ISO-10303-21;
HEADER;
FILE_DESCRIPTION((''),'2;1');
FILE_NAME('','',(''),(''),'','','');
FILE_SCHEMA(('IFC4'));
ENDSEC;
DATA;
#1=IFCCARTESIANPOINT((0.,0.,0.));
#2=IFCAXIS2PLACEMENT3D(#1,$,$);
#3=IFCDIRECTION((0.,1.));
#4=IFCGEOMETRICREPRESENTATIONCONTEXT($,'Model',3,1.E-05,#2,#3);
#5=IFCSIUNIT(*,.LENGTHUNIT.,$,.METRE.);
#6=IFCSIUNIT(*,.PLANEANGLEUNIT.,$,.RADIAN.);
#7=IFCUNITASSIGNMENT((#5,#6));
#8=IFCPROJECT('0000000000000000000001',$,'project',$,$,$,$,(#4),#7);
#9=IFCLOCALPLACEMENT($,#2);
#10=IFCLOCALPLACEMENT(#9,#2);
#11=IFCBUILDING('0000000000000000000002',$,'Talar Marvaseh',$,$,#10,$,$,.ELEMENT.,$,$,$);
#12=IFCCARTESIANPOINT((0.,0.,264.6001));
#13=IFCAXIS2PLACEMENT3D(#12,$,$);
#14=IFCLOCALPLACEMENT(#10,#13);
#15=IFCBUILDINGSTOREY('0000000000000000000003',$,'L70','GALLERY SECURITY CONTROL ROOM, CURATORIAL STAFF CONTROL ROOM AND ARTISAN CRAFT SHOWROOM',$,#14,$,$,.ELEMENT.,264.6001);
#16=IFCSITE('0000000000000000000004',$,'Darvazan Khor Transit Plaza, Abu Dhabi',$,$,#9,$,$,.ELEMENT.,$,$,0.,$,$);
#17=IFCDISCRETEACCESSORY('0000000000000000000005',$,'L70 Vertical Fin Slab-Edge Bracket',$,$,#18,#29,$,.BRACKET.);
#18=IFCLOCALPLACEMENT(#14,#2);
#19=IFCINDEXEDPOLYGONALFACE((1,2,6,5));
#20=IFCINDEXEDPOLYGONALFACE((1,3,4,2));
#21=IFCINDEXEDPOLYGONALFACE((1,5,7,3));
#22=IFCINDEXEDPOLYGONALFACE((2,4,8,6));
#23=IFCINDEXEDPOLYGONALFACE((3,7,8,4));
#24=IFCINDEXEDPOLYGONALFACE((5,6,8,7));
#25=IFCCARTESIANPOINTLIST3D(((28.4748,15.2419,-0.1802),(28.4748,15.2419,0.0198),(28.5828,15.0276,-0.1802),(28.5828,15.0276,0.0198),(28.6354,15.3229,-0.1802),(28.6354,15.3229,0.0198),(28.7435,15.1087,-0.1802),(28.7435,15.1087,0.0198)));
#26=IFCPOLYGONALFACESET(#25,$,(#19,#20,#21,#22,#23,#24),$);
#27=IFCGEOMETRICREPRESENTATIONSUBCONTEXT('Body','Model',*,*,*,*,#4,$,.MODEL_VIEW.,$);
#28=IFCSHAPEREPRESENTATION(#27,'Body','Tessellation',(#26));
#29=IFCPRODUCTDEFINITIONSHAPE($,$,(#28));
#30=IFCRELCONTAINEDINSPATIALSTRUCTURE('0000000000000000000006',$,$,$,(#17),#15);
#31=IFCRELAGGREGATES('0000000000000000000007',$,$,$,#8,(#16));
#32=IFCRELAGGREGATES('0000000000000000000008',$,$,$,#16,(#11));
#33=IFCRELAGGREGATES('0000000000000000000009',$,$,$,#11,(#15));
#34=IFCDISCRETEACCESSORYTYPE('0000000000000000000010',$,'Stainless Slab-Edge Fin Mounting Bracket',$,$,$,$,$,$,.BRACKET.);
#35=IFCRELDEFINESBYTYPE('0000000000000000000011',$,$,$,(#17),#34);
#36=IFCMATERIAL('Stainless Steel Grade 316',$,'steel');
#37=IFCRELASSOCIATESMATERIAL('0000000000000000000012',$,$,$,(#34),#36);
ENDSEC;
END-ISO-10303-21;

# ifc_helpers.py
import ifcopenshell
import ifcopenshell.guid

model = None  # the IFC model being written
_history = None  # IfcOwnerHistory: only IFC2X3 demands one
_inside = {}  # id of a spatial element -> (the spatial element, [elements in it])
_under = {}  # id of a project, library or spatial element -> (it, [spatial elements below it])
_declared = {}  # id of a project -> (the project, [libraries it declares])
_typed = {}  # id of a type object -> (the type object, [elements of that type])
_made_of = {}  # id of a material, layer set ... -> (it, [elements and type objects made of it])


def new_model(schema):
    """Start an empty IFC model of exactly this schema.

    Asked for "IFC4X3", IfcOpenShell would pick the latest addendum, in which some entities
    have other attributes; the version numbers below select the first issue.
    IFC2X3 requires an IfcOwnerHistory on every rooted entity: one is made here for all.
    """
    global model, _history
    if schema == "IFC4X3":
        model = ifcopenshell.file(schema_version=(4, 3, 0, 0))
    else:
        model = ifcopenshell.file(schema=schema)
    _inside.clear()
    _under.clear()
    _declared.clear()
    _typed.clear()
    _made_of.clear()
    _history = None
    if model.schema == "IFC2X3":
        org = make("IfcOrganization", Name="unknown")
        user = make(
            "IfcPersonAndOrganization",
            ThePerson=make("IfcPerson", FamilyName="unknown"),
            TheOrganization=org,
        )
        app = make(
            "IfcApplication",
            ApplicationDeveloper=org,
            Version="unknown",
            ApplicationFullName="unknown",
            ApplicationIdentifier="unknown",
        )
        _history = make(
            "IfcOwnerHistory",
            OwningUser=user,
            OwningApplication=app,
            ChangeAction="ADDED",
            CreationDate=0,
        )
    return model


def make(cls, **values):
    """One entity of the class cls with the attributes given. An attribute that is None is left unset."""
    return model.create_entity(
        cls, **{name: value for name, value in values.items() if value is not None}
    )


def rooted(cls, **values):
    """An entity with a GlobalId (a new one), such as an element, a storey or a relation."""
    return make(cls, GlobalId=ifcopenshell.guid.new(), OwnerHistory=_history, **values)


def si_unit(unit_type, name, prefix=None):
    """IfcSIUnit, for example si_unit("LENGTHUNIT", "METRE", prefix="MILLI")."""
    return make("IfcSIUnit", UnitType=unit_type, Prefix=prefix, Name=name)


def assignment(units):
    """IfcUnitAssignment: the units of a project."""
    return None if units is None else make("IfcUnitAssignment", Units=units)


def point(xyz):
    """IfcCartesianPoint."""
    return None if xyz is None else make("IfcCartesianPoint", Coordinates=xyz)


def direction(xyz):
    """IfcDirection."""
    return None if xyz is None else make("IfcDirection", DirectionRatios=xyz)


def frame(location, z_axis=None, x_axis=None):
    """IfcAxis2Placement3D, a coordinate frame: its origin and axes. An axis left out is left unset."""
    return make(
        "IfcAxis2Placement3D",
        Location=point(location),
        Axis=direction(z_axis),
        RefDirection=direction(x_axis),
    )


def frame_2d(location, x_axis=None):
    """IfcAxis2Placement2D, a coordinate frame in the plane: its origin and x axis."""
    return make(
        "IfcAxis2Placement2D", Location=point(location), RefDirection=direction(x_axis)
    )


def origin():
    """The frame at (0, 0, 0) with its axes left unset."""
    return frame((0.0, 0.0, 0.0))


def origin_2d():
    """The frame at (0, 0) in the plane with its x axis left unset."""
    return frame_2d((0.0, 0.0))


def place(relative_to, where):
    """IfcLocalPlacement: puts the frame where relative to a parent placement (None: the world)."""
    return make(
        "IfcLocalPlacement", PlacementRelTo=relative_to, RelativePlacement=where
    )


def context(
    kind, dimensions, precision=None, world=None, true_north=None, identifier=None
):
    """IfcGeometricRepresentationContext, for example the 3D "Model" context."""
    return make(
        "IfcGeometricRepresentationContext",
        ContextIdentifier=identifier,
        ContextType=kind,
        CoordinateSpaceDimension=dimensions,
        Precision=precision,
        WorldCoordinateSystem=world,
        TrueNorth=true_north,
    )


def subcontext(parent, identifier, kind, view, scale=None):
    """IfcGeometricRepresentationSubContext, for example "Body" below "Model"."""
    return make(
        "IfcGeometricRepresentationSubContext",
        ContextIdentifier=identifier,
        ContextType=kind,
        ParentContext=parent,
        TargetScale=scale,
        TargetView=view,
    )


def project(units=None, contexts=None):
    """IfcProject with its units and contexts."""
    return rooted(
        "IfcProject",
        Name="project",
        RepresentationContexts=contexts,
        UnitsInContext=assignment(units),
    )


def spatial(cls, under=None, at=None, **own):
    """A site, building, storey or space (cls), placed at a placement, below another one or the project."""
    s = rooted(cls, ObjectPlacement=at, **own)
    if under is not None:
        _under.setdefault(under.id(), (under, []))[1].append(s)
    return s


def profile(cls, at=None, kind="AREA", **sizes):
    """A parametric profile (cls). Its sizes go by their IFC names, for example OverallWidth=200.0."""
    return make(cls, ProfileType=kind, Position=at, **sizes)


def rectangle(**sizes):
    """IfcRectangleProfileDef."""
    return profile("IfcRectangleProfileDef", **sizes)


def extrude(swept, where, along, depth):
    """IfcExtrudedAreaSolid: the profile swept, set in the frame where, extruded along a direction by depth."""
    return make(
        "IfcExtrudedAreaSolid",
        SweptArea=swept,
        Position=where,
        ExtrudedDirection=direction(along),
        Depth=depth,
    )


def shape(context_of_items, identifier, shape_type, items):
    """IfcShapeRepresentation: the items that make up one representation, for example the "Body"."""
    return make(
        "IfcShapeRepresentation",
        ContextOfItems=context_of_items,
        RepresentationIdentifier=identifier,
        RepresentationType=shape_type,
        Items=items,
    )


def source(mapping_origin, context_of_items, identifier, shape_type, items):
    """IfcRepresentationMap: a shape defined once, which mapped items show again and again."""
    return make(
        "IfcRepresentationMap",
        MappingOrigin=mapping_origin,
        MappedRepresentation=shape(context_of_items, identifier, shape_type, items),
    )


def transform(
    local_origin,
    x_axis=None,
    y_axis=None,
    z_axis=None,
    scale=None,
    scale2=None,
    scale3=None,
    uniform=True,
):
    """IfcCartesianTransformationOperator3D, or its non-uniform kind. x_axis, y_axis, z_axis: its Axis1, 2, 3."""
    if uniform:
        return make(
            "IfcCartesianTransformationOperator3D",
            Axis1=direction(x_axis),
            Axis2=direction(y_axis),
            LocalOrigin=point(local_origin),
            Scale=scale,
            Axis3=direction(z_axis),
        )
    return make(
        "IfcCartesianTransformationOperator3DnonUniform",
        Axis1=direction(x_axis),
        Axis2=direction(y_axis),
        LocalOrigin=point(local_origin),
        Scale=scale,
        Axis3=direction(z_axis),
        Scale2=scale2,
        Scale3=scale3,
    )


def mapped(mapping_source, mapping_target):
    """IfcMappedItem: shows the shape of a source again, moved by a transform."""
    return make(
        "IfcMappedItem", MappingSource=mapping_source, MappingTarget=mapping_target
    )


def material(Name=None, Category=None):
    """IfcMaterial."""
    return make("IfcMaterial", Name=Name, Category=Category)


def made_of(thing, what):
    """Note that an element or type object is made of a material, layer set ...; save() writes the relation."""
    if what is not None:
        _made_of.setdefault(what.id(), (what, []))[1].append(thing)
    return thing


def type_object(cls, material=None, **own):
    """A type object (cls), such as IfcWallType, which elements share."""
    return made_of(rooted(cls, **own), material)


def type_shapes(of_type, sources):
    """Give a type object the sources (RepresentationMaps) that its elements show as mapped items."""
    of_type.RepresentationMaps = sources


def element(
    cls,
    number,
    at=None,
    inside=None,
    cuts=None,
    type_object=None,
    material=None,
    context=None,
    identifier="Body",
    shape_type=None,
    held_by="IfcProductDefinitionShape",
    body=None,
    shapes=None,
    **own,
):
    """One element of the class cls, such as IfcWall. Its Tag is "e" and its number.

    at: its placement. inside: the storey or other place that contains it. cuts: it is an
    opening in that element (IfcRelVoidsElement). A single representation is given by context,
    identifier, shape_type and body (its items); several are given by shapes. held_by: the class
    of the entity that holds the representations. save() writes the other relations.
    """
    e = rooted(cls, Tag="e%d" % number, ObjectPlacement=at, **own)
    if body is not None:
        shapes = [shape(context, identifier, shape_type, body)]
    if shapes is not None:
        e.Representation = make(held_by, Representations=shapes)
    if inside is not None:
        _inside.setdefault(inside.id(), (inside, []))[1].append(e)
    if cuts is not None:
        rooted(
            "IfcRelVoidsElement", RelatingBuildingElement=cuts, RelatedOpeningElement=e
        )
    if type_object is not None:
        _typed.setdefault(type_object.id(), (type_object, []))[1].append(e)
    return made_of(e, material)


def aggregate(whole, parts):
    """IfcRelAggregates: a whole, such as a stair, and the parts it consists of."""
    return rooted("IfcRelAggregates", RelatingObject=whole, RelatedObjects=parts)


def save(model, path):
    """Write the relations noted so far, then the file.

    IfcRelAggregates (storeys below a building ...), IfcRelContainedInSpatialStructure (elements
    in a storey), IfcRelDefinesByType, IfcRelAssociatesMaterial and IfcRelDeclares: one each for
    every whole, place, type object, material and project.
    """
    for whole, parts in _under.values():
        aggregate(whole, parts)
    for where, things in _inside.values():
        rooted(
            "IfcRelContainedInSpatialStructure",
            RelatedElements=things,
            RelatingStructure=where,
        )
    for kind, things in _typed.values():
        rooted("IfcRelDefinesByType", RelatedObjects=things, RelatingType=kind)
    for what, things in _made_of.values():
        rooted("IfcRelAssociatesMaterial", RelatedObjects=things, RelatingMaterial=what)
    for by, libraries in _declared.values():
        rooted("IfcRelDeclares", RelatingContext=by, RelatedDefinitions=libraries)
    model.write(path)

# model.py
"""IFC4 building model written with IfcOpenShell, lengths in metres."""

from ifc_helpers import new_model, si_unit, direction, frame, origin, origin_2d, place, context, subcontext, project, spatial, rectangle, extrude, source, transform, mapped, material, type_object, type_shapes, element, save


model = new_model("IFC4")

# Units and contexts
model_context = context("Model", 3, precision=1e-05, world=origin(), true_north=direction((0.0, 1.0)))
body_context = subcontext(model_context, "Body", "Model", "MODEL_VIEW")
ifc_project = project(units=[si_unit("LENGTHUNIT", "METRE"), si_unit("PLANEANGLEUNIT", "RADIAN")], contexts=[model_context])

# Site, building, storey
site_placement = place(None, origin())
site = spatial("IfcSite", under=ifc_project, at=site_placement, Name="Darvazan Khor Transit Plaza, Abu Dhabi", CompositionType="ELEMENT", RefElevation=0.0)
building_placement = place(site_placement, origin())
building = spatial("IfcBuilding", under=site, at=building_placement, Name="Talar Marvaseh", CompositionType="ELEMENT")
storey_placement = place(building_placement, frame((0.0, 0.0, 264.6001)))
storey = spatial("IfcBuildingStorey", under=building, at=storey_placement, Name="L70", Description="GALLERY SECURITY CONTROL ROOM, CURATORIAL STAFF CONTROL ROOM AND ARTISAN CRAFT SHOWROOM", CompositionType="ELEMENT", Elevation=264.6001)

# Discrete accessory
ifc_material_1 = material(Name="Stainless Steel Grade 316", Category="steel")
discrete_accessory_type = type_object("IfcDiscreteAccessoryType", Name="Stainless Slab-Edge Fin Mounting Bracket", PredefinedType="BRACKET", material=ifc_material_1)
shared_shape_1 = source(origin(), body_context, "Body", "SweptSolid", [
    extrude(rectangle(XDim=0.24, YDim=0.1799, at=origin_2d()), origin(), (0.0, 0.0, 1.0), 0.2),
])
type_shapes(discrete_accessory_type, [shared_shape_1])
for number, where, z_axis, x_axis, name in (
    (1, (28.6091, 15.1753, -0.1802), (0.0, 0.0, 1.0), (0.450254, -0.8929, 0.0), "L70 Vertical Fin Slab-Edge Bracket"),
):
    element("IfcDiscreteAccessory", number, at=place(storey_placement, frame(where, z_axis=z_axis, x_axis=x_axis)), inside=storey, type_object=discrete_accessory_type, Name=name, PredefinedType="BRACKET", context=body_context, shape_type="MappedRepresentation", body=[
        mapped(shared_shape_1, transform((0.0, 0.0, 0.0), x_axis=(1.0, 0.0, 0.0), y_axis=(0.0, 1.0, 0.0), z_axis=(0.0, 0.0, 1.0), scale=1.0)),
    ])

save(model, "model.ifc")
